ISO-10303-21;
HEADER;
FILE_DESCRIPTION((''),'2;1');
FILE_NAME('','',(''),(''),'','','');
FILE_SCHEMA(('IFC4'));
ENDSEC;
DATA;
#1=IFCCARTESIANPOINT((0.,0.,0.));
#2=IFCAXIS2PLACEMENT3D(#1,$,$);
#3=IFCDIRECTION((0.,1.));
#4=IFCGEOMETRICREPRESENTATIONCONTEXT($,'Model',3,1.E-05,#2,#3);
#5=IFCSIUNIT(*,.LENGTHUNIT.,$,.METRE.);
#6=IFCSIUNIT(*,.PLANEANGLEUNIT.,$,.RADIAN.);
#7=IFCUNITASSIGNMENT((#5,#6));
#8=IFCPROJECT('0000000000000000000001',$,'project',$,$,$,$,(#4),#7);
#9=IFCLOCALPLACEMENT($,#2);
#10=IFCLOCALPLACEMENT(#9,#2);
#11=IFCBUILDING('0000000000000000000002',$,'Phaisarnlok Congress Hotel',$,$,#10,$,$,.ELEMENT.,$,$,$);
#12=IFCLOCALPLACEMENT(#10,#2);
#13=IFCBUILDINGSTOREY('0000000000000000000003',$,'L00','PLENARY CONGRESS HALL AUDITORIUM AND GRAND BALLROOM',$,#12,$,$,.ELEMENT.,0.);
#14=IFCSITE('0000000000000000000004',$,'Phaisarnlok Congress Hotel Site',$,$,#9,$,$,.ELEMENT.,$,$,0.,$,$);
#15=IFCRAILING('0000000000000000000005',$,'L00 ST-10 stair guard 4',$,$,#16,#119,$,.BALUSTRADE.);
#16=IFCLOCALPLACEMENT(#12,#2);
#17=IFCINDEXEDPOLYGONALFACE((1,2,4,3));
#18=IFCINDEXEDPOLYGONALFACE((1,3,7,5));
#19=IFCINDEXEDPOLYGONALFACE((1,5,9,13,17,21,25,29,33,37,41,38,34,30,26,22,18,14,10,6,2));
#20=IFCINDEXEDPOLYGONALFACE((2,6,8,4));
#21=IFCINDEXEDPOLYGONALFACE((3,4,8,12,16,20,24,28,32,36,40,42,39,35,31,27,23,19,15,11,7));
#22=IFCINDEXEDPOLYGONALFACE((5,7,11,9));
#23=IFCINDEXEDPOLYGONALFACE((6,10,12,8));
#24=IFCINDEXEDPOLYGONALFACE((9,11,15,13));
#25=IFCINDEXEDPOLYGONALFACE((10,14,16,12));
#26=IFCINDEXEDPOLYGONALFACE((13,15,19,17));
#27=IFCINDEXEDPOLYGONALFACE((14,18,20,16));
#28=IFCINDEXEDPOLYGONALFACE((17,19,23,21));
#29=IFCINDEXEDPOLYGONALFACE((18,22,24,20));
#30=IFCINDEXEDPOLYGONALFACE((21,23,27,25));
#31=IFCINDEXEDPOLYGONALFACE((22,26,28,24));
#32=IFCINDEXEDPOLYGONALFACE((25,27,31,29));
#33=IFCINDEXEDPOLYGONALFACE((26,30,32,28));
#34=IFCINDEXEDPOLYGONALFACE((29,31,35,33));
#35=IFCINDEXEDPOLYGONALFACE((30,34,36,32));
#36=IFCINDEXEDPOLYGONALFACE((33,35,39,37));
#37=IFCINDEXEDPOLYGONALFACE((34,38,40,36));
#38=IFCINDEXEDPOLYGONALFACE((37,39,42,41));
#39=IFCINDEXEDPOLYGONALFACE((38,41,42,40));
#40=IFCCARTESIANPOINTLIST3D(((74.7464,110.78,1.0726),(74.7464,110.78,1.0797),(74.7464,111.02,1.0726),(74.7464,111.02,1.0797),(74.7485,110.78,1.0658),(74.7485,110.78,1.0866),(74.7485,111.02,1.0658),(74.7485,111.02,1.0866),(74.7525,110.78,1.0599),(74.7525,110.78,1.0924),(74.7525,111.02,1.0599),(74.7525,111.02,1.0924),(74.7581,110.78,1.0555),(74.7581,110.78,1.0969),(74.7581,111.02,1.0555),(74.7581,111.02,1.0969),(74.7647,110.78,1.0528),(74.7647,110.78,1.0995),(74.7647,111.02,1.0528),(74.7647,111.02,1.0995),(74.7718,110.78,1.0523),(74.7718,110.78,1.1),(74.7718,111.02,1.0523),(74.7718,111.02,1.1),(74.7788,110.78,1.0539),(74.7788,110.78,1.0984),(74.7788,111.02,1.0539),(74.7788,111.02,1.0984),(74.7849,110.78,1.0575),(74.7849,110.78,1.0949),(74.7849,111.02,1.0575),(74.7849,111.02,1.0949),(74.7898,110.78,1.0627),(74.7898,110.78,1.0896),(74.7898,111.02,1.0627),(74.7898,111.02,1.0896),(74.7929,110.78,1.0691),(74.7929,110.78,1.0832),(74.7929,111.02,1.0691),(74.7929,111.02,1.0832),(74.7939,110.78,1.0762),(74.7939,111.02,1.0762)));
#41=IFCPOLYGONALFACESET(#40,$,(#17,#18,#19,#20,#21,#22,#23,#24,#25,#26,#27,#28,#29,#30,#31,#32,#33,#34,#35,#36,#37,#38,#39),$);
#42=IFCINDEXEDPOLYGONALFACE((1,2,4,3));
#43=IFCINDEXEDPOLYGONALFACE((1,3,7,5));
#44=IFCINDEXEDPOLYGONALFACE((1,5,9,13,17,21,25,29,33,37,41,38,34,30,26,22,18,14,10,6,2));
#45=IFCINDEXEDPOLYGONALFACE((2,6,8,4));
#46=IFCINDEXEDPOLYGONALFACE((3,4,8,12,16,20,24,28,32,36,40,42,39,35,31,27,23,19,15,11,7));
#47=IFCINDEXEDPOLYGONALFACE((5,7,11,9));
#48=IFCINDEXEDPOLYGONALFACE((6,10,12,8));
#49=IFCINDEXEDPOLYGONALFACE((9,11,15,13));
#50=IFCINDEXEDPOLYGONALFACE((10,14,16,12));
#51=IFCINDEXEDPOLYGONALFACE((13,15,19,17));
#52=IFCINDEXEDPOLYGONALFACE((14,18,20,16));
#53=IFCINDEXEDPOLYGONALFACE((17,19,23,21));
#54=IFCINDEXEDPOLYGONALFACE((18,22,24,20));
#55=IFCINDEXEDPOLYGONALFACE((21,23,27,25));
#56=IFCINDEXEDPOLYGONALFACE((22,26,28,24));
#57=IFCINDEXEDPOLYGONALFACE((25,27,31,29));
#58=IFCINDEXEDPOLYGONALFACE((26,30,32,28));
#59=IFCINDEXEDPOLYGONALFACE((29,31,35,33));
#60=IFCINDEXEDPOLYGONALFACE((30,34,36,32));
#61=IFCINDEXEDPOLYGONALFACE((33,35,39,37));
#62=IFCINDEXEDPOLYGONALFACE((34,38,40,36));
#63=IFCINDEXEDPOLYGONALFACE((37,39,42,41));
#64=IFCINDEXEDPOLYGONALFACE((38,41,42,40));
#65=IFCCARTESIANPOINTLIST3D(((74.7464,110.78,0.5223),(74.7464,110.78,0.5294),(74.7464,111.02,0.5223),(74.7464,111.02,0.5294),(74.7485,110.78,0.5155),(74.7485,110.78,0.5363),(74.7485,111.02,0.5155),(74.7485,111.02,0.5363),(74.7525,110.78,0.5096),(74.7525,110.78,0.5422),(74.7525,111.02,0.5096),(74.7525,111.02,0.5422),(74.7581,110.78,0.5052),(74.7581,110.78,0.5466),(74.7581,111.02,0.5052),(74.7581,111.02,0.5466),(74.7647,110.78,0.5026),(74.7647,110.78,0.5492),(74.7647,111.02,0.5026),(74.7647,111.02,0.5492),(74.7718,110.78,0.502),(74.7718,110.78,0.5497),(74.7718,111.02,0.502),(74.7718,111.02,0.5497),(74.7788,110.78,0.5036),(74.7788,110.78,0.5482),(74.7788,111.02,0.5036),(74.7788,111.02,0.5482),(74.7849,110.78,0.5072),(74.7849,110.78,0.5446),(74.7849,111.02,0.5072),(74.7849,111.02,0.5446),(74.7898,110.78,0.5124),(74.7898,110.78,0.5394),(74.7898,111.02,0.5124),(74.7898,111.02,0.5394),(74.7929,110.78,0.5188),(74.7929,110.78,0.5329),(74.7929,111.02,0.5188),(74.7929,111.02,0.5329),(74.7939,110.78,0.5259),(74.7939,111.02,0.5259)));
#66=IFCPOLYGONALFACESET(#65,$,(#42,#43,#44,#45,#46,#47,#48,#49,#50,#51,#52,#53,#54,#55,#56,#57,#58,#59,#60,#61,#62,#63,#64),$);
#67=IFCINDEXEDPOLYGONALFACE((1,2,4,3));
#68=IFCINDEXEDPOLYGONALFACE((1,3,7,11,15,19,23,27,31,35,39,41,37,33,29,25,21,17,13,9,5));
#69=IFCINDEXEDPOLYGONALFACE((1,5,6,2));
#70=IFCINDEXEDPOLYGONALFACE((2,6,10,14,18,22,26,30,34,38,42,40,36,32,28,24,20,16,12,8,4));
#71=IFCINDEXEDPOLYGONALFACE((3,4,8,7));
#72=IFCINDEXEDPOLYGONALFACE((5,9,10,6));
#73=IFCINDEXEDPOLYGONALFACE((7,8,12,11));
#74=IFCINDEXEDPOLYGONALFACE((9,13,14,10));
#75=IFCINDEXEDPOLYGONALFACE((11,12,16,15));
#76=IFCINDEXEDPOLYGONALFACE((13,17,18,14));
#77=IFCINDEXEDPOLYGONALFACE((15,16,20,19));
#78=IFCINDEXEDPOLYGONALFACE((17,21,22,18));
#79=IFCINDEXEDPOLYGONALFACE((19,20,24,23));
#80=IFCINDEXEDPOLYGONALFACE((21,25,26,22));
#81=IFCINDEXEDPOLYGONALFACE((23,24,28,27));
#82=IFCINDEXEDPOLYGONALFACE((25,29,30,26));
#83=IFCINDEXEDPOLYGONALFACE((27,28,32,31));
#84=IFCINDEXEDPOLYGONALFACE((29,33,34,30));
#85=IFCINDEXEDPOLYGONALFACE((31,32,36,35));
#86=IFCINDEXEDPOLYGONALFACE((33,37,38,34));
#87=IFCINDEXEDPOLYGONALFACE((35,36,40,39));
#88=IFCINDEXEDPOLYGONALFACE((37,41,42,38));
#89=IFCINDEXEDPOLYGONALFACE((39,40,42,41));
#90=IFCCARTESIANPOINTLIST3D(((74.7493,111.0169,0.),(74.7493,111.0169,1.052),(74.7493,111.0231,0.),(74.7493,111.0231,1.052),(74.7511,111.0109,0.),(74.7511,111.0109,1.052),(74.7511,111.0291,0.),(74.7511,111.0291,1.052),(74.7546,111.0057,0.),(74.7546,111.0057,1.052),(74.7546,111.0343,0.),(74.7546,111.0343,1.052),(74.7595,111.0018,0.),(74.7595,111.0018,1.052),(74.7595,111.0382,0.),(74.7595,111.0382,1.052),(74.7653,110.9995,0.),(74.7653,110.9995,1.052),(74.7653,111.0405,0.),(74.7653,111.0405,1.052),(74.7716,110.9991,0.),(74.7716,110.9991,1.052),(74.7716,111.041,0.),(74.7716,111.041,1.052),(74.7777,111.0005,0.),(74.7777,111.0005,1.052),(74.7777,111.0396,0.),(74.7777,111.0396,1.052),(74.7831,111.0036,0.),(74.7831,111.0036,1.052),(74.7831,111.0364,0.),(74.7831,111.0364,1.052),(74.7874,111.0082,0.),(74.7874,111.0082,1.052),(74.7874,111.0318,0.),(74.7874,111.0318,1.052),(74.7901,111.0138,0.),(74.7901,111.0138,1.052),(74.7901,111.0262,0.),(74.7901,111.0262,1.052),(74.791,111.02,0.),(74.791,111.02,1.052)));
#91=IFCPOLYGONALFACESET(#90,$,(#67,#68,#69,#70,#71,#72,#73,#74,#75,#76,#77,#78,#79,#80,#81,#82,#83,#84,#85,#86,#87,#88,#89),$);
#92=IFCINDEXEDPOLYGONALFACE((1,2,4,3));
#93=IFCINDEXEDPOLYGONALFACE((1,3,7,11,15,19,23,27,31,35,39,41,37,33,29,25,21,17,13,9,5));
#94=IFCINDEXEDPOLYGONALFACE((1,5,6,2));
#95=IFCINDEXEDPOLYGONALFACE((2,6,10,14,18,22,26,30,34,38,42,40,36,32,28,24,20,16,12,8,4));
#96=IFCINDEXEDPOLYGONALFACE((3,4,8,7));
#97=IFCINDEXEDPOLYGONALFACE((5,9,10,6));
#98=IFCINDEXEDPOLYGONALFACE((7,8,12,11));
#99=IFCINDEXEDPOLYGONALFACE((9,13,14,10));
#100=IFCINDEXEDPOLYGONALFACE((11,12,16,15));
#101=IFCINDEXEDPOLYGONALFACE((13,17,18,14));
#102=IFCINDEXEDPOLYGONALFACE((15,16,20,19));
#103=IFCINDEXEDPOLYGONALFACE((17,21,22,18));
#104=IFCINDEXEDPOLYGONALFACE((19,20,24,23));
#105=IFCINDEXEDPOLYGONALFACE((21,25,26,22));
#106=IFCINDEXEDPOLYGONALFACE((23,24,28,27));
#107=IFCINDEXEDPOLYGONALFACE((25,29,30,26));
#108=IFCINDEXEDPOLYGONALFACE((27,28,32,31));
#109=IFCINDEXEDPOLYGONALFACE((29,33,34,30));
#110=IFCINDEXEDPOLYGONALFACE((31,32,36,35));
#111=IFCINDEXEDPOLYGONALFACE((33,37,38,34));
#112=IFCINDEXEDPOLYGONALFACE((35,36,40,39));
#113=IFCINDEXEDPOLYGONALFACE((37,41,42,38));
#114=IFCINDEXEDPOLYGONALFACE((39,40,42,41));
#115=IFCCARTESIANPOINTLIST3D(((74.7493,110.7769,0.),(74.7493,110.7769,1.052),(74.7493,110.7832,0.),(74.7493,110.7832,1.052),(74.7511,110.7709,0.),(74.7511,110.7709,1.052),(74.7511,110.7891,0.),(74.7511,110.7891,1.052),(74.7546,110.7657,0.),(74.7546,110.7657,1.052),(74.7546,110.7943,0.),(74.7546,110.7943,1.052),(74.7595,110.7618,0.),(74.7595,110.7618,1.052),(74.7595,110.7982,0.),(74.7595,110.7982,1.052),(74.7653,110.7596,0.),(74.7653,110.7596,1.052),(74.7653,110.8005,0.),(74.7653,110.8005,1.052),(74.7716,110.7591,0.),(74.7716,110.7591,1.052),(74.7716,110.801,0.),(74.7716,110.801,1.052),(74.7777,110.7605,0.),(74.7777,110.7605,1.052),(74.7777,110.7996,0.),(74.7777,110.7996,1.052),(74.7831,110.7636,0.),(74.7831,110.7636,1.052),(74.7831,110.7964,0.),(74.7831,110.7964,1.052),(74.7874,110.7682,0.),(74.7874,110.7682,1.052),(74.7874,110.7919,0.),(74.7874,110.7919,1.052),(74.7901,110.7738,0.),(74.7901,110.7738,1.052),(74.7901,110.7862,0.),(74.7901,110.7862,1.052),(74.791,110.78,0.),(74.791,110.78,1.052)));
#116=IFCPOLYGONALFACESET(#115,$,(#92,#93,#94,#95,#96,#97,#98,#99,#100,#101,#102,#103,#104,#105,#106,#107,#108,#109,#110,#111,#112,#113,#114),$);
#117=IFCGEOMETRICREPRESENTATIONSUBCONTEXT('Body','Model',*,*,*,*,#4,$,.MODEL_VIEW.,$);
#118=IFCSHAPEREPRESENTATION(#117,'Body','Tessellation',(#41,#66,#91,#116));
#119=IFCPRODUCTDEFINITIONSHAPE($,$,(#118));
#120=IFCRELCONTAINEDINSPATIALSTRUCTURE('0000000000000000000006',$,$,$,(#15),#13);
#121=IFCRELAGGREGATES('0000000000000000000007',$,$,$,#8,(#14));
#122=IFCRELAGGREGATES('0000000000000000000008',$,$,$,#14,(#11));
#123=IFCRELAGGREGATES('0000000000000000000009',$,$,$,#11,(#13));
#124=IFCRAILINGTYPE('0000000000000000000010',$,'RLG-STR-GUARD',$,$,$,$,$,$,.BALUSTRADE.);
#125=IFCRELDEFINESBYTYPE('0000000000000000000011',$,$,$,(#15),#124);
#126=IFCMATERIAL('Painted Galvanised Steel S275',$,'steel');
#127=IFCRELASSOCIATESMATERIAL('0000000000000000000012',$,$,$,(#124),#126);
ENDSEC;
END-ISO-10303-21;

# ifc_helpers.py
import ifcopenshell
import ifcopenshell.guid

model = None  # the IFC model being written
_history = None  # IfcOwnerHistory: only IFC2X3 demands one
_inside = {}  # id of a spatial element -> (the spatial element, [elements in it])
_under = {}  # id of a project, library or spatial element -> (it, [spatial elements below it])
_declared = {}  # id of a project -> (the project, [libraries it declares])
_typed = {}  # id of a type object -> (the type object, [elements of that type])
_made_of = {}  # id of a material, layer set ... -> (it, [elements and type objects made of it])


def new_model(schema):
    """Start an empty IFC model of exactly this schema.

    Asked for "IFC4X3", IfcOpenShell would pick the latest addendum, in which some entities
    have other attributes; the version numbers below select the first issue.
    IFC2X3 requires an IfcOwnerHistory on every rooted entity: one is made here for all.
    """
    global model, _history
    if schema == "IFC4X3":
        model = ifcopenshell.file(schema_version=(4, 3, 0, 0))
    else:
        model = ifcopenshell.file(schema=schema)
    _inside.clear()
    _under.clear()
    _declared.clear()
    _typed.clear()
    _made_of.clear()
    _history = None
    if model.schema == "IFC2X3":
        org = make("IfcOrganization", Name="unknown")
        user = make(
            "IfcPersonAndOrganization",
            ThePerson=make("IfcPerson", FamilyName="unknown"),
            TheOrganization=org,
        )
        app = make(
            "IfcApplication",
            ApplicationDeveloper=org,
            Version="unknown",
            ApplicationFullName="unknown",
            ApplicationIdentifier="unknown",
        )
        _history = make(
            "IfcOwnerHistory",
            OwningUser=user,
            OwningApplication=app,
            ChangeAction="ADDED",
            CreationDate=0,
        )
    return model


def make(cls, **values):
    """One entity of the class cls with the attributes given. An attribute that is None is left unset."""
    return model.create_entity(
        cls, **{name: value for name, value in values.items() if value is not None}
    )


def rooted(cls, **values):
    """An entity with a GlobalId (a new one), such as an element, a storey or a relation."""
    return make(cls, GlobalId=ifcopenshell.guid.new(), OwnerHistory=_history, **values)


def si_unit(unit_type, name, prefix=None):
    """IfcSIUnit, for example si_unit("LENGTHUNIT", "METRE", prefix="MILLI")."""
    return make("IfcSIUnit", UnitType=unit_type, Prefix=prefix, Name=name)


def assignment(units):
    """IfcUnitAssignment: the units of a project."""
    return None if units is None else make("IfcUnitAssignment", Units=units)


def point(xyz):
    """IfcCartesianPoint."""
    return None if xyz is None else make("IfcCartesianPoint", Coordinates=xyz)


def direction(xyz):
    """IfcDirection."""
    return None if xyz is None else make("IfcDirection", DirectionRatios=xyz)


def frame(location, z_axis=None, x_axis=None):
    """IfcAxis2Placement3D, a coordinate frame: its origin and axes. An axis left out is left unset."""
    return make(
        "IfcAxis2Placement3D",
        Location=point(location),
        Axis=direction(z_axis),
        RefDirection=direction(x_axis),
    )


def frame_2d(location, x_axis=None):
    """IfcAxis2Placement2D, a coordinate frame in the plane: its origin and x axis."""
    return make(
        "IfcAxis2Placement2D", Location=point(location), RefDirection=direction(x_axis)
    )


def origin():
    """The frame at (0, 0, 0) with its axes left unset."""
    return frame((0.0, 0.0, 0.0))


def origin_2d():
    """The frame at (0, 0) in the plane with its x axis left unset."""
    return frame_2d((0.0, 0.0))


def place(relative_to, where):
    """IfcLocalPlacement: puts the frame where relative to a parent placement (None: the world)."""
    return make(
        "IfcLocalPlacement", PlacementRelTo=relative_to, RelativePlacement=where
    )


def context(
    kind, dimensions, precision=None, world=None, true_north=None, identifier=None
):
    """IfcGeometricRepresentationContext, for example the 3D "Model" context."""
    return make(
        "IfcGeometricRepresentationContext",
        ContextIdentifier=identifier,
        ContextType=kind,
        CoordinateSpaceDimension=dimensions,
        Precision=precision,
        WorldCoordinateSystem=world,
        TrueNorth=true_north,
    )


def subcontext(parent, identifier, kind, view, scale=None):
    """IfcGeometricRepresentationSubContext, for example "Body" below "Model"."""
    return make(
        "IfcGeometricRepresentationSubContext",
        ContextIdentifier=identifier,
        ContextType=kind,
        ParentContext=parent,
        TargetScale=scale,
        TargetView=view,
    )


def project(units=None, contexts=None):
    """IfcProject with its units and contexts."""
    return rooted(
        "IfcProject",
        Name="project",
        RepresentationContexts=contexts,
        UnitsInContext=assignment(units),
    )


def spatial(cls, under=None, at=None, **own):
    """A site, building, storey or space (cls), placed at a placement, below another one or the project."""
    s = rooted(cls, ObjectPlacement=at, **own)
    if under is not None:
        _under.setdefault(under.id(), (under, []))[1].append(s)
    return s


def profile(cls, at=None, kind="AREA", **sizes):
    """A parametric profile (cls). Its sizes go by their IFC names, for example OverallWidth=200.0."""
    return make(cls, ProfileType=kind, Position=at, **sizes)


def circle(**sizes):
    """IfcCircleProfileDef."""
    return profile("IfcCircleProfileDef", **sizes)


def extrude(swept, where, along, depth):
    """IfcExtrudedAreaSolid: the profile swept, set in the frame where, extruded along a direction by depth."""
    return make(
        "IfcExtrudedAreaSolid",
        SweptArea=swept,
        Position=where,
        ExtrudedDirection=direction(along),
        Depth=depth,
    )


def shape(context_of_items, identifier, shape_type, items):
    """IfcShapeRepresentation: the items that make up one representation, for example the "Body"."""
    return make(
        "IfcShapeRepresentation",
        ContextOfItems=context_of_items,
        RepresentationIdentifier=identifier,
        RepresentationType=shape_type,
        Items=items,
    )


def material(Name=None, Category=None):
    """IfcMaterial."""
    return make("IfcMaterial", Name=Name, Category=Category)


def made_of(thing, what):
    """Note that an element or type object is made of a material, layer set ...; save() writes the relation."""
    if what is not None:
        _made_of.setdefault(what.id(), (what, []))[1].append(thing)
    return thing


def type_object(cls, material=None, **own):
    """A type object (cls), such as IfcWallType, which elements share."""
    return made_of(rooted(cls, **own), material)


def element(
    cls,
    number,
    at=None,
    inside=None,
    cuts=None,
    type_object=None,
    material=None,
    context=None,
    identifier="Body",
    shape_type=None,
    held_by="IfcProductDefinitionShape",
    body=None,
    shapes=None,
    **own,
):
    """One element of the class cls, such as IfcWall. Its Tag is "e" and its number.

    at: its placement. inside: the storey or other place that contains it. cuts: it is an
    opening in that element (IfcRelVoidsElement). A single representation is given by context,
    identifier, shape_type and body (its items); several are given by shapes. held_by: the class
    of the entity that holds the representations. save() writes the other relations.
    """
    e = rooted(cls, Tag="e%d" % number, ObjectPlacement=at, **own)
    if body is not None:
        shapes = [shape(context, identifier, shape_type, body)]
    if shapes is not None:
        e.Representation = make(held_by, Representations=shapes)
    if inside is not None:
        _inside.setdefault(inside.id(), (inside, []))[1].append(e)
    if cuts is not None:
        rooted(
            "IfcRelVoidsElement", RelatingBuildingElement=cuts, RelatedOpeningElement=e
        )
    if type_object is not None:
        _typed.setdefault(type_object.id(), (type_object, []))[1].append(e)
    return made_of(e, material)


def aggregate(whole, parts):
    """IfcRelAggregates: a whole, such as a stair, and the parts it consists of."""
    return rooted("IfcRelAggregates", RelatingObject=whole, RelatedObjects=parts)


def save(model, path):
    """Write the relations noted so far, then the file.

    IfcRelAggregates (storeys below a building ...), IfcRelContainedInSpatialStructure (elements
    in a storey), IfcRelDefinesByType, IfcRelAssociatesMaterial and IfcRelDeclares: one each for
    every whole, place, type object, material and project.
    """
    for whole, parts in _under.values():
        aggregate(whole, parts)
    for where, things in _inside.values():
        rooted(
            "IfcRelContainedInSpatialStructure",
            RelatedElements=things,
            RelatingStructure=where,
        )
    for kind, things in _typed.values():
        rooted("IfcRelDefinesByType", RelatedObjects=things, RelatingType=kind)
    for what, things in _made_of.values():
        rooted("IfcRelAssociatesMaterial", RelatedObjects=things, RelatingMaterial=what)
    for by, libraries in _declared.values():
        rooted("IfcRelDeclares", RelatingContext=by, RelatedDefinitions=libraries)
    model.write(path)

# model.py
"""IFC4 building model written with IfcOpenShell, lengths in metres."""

from ifc_helpers import new_model, si_unit, direction, frame, origin, origin_2d, place, context, subcontext, project, spatial, circle, extrude, material, type_object, element, save


model = new_model("IFC4")

# Units and contexts
model_context = context("Model", 3, precision=1e-05, world=origin(), true_north=direction((0.0, 1.0)))
body_context = subcontext(model_context, "Body", "Model", "MODEL_VIEW")
ifc_project = project(units=[si_unit("LENGTHUNIT", "METRE"), si_unit("PLANEANGLEUNIT", "RADIAN")], contexts=[model_context])

# Site, building, storey
site_placement = place(None, origin())
site = spatial("IfcSite", under=ifc_project, at=site_placement, Name="Phaisarnlok Congress Hotel Site", CompositionType="ELEMENT", RefElevation=0.0)
building_placement = place(site_placement, origin())
building = spatial("IfcBuilding", under=site, at=building_placement, Name="Phaisarnlok Congress Hotel", CompositionType="ELEMENT")
storey_placement = place(building_placement, origin())
storey = spatial("IfcBuildingStorey", under=building, at=storey_placement, Name="L00", Description="PLENARY CONGRESS HALL AUDITORIUM AND GRAND BALLROOM", CompositionType="ELEMENT", Elevation=0.0)

# Railing
ifc_material_1 = material(Name="Painted Galvanised Steel S275", Category="steel")
railing_type = type_object("IfcRailingType", Name="RLG-STR-GUARD", PredefinedType="BALUSTRADE", material=ifc_material_1)
railing_1_placement = place(storey_placement, frame((74.77, 111.02, 0.0)))
element("IfcRailing", 1, at=railing_1_placement, inside=storey, type_object=railing_type, Name="L00 ST-10 stair guard 4", PredefinedType="BALUSTRADE", context=body_context, shape_type="SweptSolid", body=[
    extrude(circle(Radius=0.0239, at=origin_2d()), frame((0.0, 0.0, 1.0762), z_axis=(0.0, -1.0, 0.0), x_axis=(1.0, 0.0, 0.0)), (0.0, 0.0, 1.0), 0.24),
    extrude(circle(Radius=0.0239, at=origin_2d()), frame((0.0, 0.0, 0.5259), z_axis=(0.0, -1.0, 0.0), x_axis=(1.0, 0.0, 0.0)), (0.0, 0.0, 1.0), 0.24),
    extrude(circle(Radius=0.021, at=origin_2d()), origin(), (0.0, 0.0, 1.0), 1.052),
    extrude(circle(Radius=0.021, at=origin_2d()), frame((0.0, -0.24, 0.0)), (0.0, 0.0, 1.0), 1.052),
])

save(model, "model.ifc")
